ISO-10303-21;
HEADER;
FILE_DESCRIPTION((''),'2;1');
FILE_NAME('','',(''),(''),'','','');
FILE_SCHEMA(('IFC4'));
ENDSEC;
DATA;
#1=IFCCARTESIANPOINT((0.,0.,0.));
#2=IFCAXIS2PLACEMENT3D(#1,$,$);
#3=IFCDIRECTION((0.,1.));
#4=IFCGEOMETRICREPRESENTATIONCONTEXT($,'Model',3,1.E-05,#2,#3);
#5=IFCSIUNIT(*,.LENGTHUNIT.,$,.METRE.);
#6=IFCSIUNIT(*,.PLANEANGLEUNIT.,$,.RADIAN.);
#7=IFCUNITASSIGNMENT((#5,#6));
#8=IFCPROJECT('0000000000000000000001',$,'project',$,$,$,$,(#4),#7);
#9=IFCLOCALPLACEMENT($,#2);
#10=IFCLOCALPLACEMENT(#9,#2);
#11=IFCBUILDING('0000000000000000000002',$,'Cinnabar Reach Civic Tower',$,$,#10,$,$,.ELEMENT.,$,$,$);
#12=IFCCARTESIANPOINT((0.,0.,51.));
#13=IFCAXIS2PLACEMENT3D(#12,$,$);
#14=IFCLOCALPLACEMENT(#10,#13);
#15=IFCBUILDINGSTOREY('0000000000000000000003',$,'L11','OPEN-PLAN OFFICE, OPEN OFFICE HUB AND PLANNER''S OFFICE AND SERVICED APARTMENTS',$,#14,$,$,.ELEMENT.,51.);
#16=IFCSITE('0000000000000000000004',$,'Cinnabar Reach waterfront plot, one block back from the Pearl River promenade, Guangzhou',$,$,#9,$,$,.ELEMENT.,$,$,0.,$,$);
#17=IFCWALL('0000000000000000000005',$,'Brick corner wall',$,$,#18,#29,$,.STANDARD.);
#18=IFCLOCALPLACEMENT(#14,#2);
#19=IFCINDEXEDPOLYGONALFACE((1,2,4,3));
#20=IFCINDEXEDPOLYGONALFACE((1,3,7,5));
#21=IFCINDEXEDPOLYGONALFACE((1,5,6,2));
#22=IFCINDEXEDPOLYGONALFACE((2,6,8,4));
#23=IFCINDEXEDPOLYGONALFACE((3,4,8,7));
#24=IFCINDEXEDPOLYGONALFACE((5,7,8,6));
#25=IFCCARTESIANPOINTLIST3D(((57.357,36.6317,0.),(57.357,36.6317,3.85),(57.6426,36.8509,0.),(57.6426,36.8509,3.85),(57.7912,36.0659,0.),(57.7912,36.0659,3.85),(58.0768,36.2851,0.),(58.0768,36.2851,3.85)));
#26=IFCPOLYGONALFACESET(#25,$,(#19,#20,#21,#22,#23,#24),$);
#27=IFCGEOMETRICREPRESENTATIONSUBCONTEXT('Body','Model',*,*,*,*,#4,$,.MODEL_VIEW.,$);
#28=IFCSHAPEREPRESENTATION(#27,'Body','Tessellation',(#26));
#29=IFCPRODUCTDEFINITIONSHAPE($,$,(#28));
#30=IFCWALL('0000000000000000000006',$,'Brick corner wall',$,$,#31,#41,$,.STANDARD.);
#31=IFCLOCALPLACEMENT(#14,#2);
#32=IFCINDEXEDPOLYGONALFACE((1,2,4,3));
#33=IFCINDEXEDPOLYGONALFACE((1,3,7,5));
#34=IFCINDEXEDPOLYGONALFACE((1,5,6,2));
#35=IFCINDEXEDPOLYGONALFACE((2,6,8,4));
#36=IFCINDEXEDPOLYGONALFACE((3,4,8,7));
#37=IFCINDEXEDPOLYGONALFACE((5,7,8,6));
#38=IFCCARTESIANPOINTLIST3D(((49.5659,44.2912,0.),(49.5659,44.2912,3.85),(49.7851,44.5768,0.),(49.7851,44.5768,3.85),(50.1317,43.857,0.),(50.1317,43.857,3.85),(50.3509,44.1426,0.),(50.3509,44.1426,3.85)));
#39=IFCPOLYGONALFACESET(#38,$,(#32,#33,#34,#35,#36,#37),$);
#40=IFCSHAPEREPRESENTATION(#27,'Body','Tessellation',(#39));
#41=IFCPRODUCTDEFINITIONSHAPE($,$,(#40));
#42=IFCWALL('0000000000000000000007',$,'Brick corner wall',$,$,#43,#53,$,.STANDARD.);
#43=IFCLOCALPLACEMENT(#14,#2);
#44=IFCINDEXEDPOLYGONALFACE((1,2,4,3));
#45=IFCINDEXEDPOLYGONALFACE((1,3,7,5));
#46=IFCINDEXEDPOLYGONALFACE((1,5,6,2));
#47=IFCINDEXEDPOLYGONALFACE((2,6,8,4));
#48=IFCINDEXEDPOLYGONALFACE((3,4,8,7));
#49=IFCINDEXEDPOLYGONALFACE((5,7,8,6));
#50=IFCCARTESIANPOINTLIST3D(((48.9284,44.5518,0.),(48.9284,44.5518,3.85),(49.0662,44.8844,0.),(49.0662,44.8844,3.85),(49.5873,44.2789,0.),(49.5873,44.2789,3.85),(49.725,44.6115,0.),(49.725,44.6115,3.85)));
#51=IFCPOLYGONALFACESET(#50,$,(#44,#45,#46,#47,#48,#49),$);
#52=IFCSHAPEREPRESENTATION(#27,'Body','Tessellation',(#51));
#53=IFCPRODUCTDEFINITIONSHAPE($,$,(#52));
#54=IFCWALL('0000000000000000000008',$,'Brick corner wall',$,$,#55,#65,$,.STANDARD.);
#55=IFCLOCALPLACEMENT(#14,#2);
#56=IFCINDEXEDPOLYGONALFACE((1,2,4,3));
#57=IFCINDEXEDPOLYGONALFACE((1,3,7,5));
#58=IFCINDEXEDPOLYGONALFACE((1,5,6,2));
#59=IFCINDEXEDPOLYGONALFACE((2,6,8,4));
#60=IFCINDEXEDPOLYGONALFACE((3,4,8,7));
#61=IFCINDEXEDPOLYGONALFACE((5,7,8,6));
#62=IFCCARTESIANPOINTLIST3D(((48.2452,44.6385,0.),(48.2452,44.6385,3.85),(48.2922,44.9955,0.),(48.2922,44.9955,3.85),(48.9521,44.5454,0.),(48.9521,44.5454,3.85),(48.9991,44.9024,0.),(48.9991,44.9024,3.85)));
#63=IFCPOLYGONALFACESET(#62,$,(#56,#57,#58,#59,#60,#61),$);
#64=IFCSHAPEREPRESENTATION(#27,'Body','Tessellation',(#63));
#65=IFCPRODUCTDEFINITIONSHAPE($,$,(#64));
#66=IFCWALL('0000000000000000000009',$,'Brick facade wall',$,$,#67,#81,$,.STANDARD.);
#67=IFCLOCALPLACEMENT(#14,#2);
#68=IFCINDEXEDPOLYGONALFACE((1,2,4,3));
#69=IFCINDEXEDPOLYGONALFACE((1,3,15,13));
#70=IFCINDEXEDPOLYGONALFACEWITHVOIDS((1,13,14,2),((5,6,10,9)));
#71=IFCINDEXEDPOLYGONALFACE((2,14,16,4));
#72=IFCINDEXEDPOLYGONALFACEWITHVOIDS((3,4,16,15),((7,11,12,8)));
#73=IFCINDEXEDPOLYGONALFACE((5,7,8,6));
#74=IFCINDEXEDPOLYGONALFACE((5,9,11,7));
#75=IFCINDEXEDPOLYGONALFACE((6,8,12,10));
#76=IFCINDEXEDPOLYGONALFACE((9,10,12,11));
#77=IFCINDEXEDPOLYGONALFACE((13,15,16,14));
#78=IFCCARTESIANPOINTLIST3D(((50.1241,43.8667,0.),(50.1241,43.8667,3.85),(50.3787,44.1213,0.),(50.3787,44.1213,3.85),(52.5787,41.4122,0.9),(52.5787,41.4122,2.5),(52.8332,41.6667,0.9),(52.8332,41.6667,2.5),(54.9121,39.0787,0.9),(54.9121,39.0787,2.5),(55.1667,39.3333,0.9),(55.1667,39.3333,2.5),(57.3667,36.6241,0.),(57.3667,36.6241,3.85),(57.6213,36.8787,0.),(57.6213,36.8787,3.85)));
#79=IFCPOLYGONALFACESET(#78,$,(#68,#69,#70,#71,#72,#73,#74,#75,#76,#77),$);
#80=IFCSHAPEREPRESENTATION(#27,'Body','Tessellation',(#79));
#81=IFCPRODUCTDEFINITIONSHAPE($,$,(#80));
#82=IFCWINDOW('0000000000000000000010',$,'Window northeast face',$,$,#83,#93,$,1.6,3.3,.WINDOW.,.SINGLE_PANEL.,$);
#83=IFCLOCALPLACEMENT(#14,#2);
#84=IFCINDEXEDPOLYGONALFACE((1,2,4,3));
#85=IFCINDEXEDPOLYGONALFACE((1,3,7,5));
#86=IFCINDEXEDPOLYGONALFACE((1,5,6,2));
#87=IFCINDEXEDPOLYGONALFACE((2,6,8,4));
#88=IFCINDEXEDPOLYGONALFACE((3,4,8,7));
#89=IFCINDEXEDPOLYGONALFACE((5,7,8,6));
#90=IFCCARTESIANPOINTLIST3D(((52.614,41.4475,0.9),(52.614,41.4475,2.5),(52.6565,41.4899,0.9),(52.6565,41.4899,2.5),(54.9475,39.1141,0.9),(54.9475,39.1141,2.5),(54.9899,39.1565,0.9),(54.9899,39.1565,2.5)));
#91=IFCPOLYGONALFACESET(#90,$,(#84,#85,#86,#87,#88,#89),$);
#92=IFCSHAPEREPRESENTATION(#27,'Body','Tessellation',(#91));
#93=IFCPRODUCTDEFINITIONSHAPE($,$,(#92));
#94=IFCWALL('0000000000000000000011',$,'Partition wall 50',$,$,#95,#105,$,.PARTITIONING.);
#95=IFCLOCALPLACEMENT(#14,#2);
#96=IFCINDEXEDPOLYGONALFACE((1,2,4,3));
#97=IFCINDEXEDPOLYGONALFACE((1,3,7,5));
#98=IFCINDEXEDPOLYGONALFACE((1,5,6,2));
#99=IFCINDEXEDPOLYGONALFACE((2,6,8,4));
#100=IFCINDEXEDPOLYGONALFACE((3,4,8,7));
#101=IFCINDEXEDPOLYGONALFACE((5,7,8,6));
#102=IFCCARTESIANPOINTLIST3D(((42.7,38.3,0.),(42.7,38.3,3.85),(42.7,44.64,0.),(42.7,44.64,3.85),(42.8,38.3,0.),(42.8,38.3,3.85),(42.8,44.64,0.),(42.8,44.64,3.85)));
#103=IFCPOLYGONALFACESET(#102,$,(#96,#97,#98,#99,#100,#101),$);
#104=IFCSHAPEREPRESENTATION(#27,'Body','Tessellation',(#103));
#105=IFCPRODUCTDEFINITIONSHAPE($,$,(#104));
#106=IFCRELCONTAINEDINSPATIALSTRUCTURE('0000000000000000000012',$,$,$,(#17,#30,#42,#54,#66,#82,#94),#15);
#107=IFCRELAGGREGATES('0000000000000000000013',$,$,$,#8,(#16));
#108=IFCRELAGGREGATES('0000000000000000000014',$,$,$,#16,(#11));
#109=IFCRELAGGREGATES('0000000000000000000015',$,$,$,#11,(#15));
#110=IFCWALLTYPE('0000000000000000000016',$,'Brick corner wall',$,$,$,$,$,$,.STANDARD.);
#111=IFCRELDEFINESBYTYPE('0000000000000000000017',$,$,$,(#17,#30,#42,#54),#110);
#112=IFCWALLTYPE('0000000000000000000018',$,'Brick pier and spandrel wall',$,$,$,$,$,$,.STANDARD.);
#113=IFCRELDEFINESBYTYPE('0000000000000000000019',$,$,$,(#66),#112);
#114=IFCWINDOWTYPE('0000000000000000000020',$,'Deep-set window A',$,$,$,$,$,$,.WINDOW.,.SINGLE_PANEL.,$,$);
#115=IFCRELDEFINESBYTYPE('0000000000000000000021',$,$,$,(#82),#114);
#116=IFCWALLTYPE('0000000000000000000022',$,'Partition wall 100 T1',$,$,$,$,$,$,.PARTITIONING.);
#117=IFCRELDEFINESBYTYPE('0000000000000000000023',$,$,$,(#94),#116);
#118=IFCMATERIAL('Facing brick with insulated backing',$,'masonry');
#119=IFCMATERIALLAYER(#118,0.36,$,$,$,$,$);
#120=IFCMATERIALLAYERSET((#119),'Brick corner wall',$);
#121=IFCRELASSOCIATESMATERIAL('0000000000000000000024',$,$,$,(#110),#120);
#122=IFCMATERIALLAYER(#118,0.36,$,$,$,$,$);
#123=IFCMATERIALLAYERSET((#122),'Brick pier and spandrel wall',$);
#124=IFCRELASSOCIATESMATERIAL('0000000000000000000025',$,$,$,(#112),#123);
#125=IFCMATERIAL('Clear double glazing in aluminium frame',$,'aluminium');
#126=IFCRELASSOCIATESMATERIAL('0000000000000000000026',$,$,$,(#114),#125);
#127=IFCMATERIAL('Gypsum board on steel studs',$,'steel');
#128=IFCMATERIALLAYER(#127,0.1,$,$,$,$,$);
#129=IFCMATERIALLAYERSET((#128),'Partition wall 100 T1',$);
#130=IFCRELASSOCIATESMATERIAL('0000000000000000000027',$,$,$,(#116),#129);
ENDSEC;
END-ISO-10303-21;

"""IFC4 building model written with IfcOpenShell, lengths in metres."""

from ifc_helpers import new_model, si_unit, direction, frame, frame_2d, origin, place, context, subcontext, project, spatial, rectangle, extrude, material, layer, layer_set, type_object, element, fill, save


model = new_model("IFC4")

# Units and contexts
model_context = context("Model", 3, precision=1e-05, world=origin(), true_north=direction((0.0, 1.0)))
body_context = subcontext(model_context, "Body", "Model", "MODEL_VIEW")
ifc_project = project(units=[si_unit("LENGTHUNIT", "METRE"), si_unit("PLANEANGLEUNIT", "RADIAN")], contexts=[model_context])

# Site, building, storey
site_placement = place(None, origin())
site = spatial("IfcSite", under=ifc_project, at=site_placement, Name="Cinnabar Reach waterfront plot, one block back from the Pearl River promenade, Guangzhou", CompositionType="ELEMENT", RefElevation=0.0)
building_placement = place(site_placement, origin())
building = spatial("IfcBuilding", under=site, at=building_placement, Name="Cinnabar Reach Civic Tower", CompositionType="ELEMENT")
storey_placement = place(building_placement, frame((0.0, 0.0, 51.0)))
storey = spatial("IfcBuildingStorey", under=building, at=storey_placement, Name="L11", Description="OPEN-PLAN OFFICE, OPEN OFFICE HUB AND PLANNER'S OFFICE AND SERVICED APARTMENTS", CompositionType="ELEMENT", Elevation=51.0)

# Walls
ifc_material_1 = material(Name="Facing brick with insulated backing", Category="masonry")
ifc_layer_1 = layer(ifc_material_1, 0.36)
ifc_layer_set_1 = layer_set([ifc_layer_1], Name="Brick corner wall")
wall_type_1 = type_object("IfcWallType", Name="Brick corner wall", PredefinedType="STANDARD", material=ifc_layer_set_1)
for number, where, z_axis, x_axis, name in (
    (1, (57.934, 36.1755, 0.0), (0.0, 0.0, 1.0), (-0.608802, 0.793322, 0.0), "Brick corner wall"),
    (2, (50.2413, 43.9998, 0.0), (0.0, 0.0, 1.0), (-0.793322, 0.608802, 0.0), "Brick corner wall"),
):
    element("IfcWall", number, at=place(storey_placement, frame(where, z_axis=z_axis, x_axis=x_axis)), inside=storey, type_object=wall_type_1, Name=name, PredefinedType="STANDARD", context=body_context, shape_type="SweptSolid", body=[
        extrude(rectangle(XDim=0.7132, YDim=0.36, at=frame_2d((0.3566, 0.0))), origin(), (0.0, 0.0, 1.0), 3.85),
    ])
for number, where, z_axis, x_axis, name in (
    (3, (49.6561, 44.4452, 0.0), (0.0, 0.0, 1.0), (-0.923872, 0.382703, 0.0), "Brick corner wall"),
    (4, (48.9756, 44.7239, 0.0), (0.0, 0.0, 1.0), (-0.991441, 0.130556, 0.0), "Brick corner wall"),
):
    element("IfcWall", number, at=place(storey_placement, frame(where, z_axis=z_axis, x_axis=x_axis)), inside=storey, type_object=wall_type_1, Name=name, PredefinedType="STANDARD", context=body_context, shape_type="SweptSolid", body=[
        extrude(rectangle(XDim=0.7131, YDim=0.36, at=frame_2d((0.3565, 0.0))), origin(), (0.0, 0.0, 1.0), 3.85),
    ])

# Wall, opening, window
ifc_layer_2 = layer(ifc_material_1, 0.36)
ifc_layer_set_2 = layer_set([ifc_layer_2], Name="Brick pier and spandrel wall")
wall_type_2 = type_object("IfcWallType", Name="Brick pier and spandrel wall", PredefinedType="STANDARD", material=ifc_layer_set_2)
wall_1_placement = place(storey_placement, frame((57.494, 36.7514, 0.0), z_axis=(0.0, 0.0, 1.0), x_axis=(-0.707107, 0.707107, 0.0)))
wall_1 = element("IfcWall", 5, at=wall_1_placement, inside=storey, type_object=wall_type_2, Name="Brick facade wall", PredefinedType="STANDARD", context=body_context, shape_type="SweptSolid", body=[
    extrude(rectangle(XDim=10.2426, YDim=0.36, at=frame_2d((5.1213, 0.0))), origin(), (0.0, 0.0, 1.0), 3.85),
])
opening_1_placement = place(wall_1_placement, frame((3.4713, 0.0, 0.9)))
opening_1 = element("IfcOpeningElement", 6, at=opening_1_placement, cuts=wall_1, PredefinedType="OPENING", context=body_context, shape_type="SweptSolid", body=[
    extrude(rectangle(XDim=3.3, YDim=1.6, at=frame_2d((1.65, 0.8))), frame((0.0, 0.19, 0.0), z_axis=(0.0, -1.0, 0.0), x_axis=(1.0, 0.0, 0.0)), (0.0, 0.0, 1.0), 0.38),
])
ifc_material_2 = material(Name="Clear double glazing in aluminium frame", Category="aluminium")
window_type_1 = type_object("IfcWindowType", Name="Deep-set window A", PartitioningType="SINGLE_PANEL", PredefinedType="WINDOW", material=ifc_material_2)
window_1_placement = place(opening_1_placement, origin())
window_1 = element("IfcWindow", 7, at=window_1_placement, inside=storey, type_object=window_type_1, Name="Window northeast face", OverallHeight=1.6, OverallWidth=3.3, PartitioningType="SINGLE_PANEL", PredefinedType="WINDOW", context=body_context, shape_type="SweptSolid", body=[
    extrude(rectangle(XDim=3.3, YDim=1.6, at=frame_2d((1.65, 0.8))), frame((0.0, 0.13, 0.0), z_axis=(0.0, -1.0, 0.0), x_axis=(1.0, 0.0, 0.0)), (0.0, 0.0, 1.0), 0.06),
])
fill(opening_1, window_1)

# Wall
ifc_material_3 = material(Name="Gypsum board on steel studs", Category="steel")
ifc_layer_3 = layer(ifc_material_3, 0.1)
ifc_layer_set_3 = layer_set([ifc_layer_3], Name="Partition wall 100 T1")
wall_type_3 = type_object("IfcWallType", Name="Partition wall 100 T1", PredefinedType="PARTITIONING", material=ifc_layer_set_3)
wall_2_placement = place(storey_placement, frame((42.75, 38.3, 0.0), z_axis=(0.0, 0.0, 1.0), x_axis=(0.0, 1.0, 0.0)))
element("IfcWall", 8, at=wall_2_placement, inside=storey, type_object=wall_type_3, Name="Partition wall 50", PredefinedType="PARTITIONING", context=body_context, shape_type="SweptSolid", body=[
    extrude(rectangle(XDim=6.34, YDim=0.1, at=frame_2d((3.17, 0.0))), origin(), (0.0, 0.0, 1.0), 3.85),
])

save(model, "model.ifc")
